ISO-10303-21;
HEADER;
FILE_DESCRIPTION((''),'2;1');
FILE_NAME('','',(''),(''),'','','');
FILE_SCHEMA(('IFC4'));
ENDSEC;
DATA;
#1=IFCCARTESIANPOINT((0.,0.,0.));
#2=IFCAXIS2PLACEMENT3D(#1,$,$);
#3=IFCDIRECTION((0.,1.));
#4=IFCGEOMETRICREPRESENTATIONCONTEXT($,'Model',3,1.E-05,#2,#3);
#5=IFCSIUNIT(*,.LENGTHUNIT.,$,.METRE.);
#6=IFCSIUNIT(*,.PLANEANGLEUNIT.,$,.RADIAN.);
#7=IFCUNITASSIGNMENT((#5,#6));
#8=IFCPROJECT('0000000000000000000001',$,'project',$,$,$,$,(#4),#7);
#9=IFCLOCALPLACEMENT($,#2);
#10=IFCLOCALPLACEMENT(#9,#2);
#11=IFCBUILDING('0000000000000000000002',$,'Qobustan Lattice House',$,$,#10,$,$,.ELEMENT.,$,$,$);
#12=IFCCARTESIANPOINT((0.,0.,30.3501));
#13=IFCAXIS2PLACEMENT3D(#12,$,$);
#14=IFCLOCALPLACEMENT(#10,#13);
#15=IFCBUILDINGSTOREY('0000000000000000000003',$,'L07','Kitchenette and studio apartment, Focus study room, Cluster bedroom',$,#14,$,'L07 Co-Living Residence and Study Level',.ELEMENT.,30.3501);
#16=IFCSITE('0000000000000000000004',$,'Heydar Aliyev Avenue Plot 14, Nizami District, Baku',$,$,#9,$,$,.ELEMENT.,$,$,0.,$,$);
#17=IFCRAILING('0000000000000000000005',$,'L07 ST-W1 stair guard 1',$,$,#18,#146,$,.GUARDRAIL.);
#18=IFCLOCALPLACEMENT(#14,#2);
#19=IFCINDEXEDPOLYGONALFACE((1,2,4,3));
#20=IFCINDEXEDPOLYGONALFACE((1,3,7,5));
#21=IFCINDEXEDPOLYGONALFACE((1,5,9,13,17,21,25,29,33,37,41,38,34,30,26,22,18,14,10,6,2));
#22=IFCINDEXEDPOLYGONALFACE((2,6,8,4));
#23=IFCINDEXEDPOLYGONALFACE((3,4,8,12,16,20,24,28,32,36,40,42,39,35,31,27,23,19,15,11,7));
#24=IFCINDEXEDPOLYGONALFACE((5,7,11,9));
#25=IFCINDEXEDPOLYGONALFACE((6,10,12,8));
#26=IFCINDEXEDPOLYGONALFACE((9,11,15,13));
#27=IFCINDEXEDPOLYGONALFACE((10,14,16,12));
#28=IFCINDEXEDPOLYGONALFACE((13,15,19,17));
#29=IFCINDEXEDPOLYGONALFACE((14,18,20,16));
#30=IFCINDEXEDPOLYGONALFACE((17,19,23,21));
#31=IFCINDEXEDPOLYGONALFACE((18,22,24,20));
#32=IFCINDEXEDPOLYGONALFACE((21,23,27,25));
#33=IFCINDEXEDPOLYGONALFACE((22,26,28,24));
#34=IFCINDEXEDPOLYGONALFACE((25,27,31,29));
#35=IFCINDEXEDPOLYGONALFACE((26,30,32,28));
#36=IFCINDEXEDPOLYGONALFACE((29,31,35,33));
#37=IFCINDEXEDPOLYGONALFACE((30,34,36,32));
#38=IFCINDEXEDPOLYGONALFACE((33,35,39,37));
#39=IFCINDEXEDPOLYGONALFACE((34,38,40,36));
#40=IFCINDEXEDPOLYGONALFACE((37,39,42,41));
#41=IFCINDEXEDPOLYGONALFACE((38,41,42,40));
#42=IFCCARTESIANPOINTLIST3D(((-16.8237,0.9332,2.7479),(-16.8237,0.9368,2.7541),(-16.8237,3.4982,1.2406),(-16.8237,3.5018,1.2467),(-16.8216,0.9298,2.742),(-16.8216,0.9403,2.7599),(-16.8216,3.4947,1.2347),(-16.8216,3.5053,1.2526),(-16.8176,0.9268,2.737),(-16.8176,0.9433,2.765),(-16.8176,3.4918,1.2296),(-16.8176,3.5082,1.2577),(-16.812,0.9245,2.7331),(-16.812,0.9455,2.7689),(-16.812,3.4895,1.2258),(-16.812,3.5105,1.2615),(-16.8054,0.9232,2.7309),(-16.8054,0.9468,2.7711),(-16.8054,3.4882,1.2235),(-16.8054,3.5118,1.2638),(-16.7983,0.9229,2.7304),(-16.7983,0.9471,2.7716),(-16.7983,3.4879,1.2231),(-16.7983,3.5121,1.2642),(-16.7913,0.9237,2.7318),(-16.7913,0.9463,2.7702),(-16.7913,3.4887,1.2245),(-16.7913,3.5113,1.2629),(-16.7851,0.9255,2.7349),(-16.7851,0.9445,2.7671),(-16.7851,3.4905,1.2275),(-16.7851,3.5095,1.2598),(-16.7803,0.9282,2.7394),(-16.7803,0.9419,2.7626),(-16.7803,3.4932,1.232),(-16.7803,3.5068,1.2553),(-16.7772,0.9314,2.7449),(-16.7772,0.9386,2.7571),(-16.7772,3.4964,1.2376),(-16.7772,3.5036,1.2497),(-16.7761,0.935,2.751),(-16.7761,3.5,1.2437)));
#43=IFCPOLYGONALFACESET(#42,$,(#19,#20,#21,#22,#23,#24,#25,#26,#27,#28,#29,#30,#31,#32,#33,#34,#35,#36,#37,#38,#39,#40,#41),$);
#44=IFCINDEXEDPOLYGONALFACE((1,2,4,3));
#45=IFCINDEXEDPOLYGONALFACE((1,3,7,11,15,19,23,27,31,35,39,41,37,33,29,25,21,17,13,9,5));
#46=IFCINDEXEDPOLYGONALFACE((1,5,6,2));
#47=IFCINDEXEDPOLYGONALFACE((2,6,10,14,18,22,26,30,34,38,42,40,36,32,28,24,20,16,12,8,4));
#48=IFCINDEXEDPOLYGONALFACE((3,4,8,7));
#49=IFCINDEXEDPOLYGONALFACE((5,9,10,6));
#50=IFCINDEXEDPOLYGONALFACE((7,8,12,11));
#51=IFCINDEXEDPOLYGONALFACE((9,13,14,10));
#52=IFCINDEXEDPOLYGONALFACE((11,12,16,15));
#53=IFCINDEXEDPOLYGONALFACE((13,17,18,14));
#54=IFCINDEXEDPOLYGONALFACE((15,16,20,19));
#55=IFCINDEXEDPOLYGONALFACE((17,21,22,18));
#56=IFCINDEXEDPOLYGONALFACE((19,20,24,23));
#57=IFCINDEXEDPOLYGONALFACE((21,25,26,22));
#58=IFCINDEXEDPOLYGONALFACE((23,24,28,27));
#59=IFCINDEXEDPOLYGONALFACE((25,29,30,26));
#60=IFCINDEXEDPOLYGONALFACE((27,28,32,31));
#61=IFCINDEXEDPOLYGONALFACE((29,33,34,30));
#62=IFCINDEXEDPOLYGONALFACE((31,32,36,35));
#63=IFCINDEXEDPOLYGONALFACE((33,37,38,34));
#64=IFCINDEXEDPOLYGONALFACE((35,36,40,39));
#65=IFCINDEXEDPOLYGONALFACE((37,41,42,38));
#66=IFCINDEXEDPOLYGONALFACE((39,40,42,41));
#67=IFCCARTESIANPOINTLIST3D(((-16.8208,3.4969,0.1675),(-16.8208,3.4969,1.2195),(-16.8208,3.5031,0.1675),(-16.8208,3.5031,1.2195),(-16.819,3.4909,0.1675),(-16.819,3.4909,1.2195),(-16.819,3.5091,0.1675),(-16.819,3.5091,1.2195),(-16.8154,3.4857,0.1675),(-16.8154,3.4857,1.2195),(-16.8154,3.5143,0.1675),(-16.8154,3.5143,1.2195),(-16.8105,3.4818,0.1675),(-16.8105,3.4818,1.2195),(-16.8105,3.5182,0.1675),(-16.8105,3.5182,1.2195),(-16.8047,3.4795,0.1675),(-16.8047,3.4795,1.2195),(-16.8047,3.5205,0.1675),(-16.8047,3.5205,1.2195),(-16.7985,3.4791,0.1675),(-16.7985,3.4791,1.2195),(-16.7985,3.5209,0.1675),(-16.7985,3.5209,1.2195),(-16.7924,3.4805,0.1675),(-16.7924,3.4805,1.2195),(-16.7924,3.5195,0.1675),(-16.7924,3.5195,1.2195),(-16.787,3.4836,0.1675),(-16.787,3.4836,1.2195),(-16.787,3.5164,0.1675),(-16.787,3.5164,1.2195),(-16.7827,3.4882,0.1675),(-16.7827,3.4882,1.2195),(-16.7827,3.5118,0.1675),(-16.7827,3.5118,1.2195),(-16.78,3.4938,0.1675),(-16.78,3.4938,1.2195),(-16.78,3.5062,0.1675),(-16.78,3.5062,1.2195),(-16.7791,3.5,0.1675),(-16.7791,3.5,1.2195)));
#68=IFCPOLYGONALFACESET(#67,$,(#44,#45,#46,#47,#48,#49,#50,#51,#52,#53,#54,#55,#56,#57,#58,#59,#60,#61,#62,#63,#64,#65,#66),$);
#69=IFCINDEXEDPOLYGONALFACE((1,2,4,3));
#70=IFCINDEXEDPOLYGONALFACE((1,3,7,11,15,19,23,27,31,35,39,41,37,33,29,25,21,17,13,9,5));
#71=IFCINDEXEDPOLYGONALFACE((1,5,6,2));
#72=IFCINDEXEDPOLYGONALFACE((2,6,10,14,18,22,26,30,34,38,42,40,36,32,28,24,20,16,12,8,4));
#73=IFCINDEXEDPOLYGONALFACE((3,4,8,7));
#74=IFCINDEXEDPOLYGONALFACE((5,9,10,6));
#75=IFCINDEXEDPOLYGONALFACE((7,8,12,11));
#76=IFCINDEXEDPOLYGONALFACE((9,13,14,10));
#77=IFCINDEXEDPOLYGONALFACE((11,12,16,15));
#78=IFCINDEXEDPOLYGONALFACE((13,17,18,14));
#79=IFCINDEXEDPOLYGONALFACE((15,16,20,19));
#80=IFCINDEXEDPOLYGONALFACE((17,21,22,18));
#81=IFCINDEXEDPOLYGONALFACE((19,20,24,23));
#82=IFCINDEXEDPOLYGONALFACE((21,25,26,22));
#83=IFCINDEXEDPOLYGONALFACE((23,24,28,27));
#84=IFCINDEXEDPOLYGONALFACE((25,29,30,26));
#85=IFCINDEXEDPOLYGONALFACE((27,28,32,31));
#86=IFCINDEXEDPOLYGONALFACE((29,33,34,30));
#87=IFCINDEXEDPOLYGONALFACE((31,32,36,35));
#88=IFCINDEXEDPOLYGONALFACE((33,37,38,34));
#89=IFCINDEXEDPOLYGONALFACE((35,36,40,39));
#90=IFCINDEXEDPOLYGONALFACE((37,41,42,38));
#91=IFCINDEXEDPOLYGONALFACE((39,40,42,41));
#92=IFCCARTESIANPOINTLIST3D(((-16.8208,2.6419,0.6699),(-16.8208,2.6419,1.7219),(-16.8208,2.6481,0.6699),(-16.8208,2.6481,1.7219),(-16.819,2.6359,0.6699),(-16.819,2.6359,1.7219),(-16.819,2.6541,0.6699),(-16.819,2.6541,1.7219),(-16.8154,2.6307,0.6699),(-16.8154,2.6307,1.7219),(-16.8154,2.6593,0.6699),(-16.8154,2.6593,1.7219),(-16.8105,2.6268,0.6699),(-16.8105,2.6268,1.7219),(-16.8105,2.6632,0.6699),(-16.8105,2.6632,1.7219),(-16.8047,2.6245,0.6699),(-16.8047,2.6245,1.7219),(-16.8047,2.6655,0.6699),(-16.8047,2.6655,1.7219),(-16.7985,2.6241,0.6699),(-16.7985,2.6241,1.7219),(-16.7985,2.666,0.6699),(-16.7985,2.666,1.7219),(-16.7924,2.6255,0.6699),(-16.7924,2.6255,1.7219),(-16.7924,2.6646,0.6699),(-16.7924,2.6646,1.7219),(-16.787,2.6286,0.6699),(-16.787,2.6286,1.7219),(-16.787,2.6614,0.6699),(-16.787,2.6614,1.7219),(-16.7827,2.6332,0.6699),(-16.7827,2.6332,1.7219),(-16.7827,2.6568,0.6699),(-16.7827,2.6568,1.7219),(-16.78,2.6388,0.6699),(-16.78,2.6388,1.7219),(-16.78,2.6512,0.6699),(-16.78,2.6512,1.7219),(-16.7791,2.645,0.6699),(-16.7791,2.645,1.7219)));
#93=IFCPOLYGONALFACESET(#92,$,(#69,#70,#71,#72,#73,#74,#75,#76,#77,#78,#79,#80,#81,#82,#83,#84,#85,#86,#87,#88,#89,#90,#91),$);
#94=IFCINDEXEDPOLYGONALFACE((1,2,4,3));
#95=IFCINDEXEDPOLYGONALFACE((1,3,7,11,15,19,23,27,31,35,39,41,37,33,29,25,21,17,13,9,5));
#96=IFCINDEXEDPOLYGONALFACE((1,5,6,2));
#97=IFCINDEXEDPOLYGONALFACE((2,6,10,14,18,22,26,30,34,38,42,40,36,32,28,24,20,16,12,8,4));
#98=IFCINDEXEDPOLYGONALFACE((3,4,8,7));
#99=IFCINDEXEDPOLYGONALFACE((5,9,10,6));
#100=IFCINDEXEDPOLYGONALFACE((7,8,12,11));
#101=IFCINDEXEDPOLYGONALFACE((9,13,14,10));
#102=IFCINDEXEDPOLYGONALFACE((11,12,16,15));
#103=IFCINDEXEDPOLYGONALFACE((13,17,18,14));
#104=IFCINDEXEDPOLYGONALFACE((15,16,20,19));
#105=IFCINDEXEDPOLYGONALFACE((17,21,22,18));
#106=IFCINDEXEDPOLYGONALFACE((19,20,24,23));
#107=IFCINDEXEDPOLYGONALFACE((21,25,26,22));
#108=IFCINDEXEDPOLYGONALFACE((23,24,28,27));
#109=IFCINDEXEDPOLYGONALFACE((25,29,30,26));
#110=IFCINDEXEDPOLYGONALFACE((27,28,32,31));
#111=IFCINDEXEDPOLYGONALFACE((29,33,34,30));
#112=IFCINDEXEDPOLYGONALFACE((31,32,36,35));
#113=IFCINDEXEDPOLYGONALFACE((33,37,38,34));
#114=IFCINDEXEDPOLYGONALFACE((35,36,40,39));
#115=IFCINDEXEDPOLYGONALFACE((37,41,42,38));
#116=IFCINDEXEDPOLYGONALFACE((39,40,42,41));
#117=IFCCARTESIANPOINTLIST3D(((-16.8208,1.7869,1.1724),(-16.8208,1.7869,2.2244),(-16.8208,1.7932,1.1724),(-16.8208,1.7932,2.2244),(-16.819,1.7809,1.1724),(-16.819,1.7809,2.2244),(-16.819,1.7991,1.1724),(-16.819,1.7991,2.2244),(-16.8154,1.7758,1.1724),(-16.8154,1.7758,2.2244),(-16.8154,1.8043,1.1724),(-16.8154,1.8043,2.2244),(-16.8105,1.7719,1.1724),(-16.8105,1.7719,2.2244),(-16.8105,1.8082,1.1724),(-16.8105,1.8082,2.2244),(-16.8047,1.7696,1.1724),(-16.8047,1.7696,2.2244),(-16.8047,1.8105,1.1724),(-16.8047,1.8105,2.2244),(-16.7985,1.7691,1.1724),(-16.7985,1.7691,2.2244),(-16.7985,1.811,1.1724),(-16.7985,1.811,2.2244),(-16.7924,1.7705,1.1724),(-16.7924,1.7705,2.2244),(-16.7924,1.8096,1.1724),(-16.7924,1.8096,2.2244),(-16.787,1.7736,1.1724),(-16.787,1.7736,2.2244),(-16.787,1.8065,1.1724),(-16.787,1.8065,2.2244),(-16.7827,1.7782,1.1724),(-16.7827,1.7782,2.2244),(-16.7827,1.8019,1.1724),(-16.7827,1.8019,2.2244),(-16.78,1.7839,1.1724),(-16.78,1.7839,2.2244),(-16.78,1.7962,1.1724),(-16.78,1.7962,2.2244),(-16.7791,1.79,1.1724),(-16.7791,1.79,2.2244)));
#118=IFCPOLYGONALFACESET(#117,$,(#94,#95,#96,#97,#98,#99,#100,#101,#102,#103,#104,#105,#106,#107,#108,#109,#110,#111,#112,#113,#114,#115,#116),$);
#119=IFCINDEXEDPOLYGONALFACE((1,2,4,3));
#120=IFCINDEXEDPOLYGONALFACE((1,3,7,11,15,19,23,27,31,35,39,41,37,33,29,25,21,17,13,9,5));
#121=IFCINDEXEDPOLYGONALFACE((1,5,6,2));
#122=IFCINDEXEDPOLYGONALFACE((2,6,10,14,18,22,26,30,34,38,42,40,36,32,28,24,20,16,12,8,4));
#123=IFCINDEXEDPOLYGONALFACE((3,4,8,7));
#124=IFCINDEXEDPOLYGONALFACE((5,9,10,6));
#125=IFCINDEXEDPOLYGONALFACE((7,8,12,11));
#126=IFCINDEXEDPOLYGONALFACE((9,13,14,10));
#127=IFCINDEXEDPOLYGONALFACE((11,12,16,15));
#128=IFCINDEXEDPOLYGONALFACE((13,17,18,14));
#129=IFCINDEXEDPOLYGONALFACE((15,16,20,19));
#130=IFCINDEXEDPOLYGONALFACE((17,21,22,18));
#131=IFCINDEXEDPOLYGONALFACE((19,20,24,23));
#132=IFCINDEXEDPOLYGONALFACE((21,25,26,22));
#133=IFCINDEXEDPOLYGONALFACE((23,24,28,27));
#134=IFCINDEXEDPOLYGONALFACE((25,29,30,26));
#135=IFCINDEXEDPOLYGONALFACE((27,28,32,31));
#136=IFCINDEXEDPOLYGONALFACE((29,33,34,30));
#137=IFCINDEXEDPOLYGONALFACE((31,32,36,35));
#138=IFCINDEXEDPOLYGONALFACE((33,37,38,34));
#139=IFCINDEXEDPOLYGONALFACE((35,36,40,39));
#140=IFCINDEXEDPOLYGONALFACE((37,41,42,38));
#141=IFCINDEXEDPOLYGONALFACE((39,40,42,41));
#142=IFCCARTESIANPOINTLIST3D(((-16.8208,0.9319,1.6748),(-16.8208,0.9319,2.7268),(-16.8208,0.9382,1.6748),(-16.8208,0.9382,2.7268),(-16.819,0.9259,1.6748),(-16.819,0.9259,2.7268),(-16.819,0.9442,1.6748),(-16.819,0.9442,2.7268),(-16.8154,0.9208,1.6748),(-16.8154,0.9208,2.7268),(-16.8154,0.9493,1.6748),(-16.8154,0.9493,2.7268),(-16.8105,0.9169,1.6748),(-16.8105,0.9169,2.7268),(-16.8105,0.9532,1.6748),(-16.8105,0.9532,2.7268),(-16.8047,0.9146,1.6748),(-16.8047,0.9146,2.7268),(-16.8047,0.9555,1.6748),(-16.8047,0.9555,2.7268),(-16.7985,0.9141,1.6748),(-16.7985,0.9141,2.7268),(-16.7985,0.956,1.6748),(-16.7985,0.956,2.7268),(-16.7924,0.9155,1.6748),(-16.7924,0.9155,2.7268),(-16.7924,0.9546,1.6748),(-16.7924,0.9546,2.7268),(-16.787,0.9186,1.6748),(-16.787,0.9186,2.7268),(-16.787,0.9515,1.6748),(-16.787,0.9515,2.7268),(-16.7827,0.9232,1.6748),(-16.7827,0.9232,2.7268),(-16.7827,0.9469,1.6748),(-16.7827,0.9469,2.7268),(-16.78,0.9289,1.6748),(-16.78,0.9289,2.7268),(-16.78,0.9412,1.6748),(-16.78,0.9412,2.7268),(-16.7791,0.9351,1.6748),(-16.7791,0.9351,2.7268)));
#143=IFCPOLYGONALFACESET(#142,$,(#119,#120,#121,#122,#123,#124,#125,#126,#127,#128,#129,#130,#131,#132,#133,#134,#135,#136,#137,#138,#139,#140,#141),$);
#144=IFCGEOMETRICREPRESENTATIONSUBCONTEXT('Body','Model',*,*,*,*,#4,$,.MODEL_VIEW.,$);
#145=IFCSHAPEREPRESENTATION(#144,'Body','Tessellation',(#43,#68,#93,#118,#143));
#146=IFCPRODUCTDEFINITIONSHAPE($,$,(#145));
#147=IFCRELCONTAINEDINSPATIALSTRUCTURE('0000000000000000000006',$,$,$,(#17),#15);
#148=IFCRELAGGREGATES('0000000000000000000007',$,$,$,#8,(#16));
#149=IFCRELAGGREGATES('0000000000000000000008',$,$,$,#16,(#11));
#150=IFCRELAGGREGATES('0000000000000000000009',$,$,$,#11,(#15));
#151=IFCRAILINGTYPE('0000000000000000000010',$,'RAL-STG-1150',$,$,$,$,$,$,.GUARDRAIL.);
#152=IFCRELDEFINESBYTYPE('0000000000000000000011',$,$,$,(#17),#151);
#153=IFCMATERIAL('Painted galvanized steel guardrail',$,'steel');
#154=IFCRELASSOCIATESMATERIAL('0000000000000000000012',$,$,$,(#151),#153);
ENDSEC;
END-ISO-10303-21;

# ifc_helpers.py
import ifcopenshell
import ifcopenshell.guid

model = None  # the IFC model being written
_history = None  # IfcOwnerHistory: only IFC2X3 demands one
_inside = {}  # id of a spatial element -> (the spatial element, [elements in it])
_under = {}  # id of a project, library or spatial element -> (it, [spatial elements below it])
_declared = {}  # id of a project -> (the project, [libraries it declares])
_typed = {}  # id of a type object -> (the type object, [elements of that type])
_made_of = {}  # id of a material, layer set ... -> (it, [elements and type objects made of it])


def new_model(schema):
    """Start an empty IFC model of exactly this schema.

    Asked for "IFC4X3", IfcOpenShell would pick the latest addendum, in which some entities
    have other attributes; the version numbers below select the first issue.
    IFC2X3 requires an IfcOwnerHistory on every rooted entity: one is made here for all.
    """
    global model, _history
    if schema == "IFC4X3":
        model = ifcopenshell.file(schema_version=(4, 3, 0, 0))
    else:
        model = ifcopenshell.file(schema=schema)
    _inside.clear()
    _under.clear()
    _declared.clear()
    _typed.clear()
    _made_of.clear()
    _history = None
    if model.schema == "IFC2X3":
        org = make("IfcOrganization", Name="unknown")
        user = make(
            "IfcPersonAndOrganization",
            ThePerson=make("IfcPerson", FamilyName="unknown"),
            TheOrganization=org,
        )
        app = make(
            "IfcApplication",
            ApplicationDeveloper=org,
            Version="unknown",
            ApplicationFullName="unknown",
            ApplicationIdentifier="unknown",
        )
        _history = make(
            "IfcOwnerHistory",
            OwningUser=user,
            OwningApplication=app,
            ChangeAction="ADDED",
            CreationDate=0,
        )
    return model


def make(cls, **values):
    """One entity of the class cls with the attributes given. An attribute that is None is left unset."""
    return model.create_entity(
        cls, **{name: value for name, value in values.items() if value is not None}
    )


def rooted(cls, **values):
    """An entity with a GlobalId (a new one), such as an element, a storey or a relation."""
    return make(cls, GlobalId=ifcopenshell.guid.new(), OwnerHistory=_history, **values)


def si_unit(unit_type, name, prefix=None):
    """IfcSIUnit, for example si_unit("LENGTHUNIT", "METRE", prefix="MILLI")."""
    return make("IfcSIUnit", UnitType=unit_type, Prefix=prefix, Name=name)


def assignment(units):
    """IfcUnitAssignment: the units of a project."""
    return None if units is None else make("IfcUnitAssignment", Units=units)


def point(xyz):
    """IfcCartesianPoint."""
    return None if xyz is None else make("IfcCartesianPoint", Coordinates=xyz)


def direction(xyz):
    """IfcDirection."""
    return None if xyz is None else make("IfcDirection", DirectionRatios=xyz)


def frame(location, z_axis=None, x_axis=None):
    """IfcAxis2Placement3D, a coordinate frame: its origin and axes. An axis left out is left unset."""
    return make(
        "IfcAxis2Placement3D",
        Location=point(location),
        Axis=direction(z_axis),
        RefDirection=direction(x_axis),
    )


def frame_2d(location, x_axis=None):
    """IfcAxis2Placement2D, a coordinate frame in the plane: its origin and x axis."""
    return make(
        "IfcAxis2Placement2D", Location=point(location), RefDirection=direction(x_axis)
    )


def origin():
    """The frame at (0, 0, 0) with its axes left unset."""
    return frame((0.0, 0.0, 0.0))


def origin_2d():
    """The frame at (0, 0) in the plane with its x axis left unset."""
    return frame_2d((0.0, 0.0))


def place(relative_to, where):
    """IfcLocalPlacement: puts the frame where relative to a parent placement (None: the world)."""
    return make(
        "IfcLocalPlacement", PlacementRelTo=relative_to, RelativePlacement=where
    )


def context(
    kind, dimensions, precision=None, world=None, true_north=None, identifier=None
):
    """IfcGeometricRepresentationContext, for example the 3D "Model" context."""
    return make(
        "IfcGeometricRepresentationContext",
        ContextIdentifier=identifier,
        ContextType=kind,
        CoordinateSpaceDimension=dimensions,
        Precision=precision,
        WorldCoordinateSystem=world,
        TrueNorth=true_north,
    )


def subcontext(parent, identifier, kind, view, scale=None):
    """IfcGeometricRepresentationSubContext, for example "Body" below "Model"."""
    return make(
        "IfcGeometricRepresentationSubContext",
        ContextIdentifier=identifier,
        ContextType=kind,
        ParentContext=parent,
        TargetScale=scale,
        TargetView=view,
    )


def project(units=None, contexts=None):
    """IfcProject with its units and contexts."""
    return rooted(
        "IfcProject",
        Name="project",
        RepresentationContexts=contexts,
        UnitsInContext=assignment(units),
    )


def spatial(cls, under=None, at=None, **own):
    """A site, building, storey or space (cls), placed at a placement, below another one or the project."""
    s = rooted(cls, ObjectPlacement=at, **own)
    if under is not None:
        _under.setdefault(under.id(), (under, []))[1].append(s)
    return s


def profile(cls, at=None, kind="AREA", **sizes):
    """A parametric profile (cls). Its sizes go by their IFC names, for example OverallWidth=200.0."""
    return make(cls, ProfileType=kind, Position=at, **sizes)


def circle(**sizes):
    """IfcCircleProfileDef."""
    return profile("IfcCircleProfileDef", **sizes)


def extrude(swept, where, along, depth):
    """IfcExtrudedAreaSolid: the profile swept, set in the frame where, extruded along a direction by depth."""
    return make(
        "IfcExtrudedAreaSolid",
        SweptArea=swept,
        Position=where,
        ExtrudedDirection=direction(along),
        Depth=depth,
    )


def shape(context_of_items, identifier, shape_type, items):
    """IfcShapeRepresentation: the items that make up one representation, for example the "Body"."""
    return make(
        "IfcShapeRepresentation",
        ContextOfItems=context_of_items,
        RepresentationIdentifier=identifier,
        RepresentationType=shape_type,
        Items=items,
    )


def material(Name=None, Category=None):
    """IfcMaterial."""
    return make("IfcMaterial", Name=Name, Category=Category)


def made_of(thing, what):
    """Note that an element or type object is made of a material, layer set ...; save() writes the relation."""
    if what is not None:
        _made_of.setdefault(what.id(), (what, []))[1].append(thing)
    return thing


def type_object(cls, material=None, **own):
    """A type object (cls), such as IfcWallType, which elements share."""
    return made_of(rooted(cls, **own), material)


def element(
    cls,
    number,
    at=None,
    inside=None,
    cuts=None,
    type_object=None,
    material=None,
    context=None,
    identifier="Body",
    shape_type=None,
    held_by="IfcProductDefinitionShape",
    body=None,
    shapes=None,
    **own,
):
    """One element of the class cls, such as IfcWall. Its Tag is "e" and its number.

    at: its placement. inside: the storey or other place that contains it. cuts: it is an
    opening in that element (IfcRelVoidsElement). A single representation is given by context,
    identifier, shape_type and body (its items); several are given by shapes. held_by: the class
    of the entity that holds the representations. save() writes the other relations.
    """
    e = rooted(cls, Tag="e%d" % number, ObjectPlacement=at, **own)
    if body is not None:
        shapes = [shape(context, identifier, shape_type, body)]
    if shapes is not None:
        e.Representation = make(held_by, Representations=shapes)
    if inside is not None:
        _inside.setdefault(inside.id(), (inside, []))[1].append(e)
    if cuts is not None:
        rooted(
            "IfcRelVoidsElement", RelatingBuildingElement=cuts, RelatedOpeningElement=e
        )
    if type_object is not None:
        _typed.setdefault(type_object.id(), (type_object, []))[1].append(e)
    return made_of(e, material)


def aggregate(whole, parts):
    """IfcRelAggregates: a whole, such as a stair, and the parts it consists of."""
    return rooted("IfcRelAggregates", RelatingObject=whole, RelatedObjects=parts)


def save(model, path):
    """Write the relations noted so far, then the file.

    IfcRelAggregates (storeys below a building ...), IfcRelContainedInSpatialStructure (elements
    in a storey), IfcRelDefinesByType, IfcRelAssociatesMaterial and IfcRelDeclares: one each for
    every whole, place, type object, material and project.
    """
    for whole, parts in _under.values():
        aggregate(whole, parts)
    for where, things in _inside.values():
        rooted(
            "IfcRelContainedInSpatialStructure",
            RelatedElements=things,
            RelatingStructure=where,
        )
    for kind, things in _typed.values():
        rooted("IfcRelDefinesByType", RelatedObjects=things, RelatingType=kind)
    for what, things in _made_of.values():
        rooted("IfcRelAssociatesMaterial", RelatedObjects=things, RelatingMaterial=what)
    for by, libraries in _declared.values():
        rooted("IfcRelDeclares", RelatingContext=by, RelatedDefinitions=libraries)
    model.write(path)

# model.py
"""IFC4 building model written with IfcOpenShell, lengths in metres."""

from ifc_helpers import new_model, si_unit, direction, frame, origin, origin_2d, place, context, subcontext, project, spatial, circle, extrude, material, type_object, element, save


model = new_model("IFC4")

# Units and contexts
model_context = context("Model", 3, precision=1e-05, world=origin(), true_north=direction((0.0, 1.0)))
body_context = subcontext(model_context, "Body", "Model", "MODEL_VIEW")
ifc_project = project(units=[si_unit("LENGTHUNIT", "METRE"), si_unit("PLANEANGLEUNIT", "RADIAN")], contexts=[model_context])

# Site, building, storey
site_placement = place(None, origin())
site = spatial("IfcSite", under=ifc_project, at=site_placement, Name="Heydar Aliyev Avenue Plot 14, Nizami District, Baku", CompositionType="ELEMENT", RefElevation=0.0)
building_placement = place(site_placement, origin())
building = spatial("IfcBuilding", under=site, at=building_placement, Name="Qobustan Lattice House", CompositionType="ELEMENT")
storey_placement = place(building_placement, frame((0.0, 0.0, 30.3501)))
storey = spatial("IfcBuildingStorey", under=building, at=storey_placement, Name="L07", Description="Kitchenette and studio apartment, Focus study room, Cluster bedroom", LongName="L07 Co-Living Residence and Study Level", CompositionType="ELEMENT", Elevation=30.3501)

# Railing
ifc_material_1 = material(Name="Painted galvanized steel guardrail", Category="steel")
railing_type_1 = type_object("IfcRailingType", Name="RAL-STG-1150", PredefinedType="GUARDRAIL", material=ifc_material_1)
railing_1_placement = place(storey_placement, frame((-16.8, 3.5, 0.1675)))
element("IfcRailing", 1, at=railing_1_placement, inside=storey, type_object=railing_type_1, Name="L07 ST-W1 stair guard 1", PredefinedType="GUARDRAIL", context=body_context, shape_type="SweptSolid", body=[
    extrude(circle(Radius=0.0239, at=origin_2d()), frame((0.0, 0.0, 1.0762), z_axis=(0.0, -0.862149, 0.506654), x_axis=(1.0, 0.0, 0.0)), (0.0, 0.0, 1.0), 2.9751),
    extrude(circle(Radius=0.021, at=origin_2d()), origin(), (0.0, 0.0, 1.0), 1.052),
    extrude(circle(Radius=0.021, at=origin_2d()), frame((0.0, -0.855, 0.5024)), (0.0, 0.0, 1.0), 1.052),
    extrude(circle(Radius=0.021, at=origin_2d()), frame((0.0, -1.71, 1.0049)), (0.0, 0.0, 1.0), 1.052),
    extrude(circle(Radius=0.021, at=origin_2d()), frame((0.0, -2.5649, 1.5073)), (0.0, 0.0, 1.0), 1.052),
])

save(model, "model.ifc")
